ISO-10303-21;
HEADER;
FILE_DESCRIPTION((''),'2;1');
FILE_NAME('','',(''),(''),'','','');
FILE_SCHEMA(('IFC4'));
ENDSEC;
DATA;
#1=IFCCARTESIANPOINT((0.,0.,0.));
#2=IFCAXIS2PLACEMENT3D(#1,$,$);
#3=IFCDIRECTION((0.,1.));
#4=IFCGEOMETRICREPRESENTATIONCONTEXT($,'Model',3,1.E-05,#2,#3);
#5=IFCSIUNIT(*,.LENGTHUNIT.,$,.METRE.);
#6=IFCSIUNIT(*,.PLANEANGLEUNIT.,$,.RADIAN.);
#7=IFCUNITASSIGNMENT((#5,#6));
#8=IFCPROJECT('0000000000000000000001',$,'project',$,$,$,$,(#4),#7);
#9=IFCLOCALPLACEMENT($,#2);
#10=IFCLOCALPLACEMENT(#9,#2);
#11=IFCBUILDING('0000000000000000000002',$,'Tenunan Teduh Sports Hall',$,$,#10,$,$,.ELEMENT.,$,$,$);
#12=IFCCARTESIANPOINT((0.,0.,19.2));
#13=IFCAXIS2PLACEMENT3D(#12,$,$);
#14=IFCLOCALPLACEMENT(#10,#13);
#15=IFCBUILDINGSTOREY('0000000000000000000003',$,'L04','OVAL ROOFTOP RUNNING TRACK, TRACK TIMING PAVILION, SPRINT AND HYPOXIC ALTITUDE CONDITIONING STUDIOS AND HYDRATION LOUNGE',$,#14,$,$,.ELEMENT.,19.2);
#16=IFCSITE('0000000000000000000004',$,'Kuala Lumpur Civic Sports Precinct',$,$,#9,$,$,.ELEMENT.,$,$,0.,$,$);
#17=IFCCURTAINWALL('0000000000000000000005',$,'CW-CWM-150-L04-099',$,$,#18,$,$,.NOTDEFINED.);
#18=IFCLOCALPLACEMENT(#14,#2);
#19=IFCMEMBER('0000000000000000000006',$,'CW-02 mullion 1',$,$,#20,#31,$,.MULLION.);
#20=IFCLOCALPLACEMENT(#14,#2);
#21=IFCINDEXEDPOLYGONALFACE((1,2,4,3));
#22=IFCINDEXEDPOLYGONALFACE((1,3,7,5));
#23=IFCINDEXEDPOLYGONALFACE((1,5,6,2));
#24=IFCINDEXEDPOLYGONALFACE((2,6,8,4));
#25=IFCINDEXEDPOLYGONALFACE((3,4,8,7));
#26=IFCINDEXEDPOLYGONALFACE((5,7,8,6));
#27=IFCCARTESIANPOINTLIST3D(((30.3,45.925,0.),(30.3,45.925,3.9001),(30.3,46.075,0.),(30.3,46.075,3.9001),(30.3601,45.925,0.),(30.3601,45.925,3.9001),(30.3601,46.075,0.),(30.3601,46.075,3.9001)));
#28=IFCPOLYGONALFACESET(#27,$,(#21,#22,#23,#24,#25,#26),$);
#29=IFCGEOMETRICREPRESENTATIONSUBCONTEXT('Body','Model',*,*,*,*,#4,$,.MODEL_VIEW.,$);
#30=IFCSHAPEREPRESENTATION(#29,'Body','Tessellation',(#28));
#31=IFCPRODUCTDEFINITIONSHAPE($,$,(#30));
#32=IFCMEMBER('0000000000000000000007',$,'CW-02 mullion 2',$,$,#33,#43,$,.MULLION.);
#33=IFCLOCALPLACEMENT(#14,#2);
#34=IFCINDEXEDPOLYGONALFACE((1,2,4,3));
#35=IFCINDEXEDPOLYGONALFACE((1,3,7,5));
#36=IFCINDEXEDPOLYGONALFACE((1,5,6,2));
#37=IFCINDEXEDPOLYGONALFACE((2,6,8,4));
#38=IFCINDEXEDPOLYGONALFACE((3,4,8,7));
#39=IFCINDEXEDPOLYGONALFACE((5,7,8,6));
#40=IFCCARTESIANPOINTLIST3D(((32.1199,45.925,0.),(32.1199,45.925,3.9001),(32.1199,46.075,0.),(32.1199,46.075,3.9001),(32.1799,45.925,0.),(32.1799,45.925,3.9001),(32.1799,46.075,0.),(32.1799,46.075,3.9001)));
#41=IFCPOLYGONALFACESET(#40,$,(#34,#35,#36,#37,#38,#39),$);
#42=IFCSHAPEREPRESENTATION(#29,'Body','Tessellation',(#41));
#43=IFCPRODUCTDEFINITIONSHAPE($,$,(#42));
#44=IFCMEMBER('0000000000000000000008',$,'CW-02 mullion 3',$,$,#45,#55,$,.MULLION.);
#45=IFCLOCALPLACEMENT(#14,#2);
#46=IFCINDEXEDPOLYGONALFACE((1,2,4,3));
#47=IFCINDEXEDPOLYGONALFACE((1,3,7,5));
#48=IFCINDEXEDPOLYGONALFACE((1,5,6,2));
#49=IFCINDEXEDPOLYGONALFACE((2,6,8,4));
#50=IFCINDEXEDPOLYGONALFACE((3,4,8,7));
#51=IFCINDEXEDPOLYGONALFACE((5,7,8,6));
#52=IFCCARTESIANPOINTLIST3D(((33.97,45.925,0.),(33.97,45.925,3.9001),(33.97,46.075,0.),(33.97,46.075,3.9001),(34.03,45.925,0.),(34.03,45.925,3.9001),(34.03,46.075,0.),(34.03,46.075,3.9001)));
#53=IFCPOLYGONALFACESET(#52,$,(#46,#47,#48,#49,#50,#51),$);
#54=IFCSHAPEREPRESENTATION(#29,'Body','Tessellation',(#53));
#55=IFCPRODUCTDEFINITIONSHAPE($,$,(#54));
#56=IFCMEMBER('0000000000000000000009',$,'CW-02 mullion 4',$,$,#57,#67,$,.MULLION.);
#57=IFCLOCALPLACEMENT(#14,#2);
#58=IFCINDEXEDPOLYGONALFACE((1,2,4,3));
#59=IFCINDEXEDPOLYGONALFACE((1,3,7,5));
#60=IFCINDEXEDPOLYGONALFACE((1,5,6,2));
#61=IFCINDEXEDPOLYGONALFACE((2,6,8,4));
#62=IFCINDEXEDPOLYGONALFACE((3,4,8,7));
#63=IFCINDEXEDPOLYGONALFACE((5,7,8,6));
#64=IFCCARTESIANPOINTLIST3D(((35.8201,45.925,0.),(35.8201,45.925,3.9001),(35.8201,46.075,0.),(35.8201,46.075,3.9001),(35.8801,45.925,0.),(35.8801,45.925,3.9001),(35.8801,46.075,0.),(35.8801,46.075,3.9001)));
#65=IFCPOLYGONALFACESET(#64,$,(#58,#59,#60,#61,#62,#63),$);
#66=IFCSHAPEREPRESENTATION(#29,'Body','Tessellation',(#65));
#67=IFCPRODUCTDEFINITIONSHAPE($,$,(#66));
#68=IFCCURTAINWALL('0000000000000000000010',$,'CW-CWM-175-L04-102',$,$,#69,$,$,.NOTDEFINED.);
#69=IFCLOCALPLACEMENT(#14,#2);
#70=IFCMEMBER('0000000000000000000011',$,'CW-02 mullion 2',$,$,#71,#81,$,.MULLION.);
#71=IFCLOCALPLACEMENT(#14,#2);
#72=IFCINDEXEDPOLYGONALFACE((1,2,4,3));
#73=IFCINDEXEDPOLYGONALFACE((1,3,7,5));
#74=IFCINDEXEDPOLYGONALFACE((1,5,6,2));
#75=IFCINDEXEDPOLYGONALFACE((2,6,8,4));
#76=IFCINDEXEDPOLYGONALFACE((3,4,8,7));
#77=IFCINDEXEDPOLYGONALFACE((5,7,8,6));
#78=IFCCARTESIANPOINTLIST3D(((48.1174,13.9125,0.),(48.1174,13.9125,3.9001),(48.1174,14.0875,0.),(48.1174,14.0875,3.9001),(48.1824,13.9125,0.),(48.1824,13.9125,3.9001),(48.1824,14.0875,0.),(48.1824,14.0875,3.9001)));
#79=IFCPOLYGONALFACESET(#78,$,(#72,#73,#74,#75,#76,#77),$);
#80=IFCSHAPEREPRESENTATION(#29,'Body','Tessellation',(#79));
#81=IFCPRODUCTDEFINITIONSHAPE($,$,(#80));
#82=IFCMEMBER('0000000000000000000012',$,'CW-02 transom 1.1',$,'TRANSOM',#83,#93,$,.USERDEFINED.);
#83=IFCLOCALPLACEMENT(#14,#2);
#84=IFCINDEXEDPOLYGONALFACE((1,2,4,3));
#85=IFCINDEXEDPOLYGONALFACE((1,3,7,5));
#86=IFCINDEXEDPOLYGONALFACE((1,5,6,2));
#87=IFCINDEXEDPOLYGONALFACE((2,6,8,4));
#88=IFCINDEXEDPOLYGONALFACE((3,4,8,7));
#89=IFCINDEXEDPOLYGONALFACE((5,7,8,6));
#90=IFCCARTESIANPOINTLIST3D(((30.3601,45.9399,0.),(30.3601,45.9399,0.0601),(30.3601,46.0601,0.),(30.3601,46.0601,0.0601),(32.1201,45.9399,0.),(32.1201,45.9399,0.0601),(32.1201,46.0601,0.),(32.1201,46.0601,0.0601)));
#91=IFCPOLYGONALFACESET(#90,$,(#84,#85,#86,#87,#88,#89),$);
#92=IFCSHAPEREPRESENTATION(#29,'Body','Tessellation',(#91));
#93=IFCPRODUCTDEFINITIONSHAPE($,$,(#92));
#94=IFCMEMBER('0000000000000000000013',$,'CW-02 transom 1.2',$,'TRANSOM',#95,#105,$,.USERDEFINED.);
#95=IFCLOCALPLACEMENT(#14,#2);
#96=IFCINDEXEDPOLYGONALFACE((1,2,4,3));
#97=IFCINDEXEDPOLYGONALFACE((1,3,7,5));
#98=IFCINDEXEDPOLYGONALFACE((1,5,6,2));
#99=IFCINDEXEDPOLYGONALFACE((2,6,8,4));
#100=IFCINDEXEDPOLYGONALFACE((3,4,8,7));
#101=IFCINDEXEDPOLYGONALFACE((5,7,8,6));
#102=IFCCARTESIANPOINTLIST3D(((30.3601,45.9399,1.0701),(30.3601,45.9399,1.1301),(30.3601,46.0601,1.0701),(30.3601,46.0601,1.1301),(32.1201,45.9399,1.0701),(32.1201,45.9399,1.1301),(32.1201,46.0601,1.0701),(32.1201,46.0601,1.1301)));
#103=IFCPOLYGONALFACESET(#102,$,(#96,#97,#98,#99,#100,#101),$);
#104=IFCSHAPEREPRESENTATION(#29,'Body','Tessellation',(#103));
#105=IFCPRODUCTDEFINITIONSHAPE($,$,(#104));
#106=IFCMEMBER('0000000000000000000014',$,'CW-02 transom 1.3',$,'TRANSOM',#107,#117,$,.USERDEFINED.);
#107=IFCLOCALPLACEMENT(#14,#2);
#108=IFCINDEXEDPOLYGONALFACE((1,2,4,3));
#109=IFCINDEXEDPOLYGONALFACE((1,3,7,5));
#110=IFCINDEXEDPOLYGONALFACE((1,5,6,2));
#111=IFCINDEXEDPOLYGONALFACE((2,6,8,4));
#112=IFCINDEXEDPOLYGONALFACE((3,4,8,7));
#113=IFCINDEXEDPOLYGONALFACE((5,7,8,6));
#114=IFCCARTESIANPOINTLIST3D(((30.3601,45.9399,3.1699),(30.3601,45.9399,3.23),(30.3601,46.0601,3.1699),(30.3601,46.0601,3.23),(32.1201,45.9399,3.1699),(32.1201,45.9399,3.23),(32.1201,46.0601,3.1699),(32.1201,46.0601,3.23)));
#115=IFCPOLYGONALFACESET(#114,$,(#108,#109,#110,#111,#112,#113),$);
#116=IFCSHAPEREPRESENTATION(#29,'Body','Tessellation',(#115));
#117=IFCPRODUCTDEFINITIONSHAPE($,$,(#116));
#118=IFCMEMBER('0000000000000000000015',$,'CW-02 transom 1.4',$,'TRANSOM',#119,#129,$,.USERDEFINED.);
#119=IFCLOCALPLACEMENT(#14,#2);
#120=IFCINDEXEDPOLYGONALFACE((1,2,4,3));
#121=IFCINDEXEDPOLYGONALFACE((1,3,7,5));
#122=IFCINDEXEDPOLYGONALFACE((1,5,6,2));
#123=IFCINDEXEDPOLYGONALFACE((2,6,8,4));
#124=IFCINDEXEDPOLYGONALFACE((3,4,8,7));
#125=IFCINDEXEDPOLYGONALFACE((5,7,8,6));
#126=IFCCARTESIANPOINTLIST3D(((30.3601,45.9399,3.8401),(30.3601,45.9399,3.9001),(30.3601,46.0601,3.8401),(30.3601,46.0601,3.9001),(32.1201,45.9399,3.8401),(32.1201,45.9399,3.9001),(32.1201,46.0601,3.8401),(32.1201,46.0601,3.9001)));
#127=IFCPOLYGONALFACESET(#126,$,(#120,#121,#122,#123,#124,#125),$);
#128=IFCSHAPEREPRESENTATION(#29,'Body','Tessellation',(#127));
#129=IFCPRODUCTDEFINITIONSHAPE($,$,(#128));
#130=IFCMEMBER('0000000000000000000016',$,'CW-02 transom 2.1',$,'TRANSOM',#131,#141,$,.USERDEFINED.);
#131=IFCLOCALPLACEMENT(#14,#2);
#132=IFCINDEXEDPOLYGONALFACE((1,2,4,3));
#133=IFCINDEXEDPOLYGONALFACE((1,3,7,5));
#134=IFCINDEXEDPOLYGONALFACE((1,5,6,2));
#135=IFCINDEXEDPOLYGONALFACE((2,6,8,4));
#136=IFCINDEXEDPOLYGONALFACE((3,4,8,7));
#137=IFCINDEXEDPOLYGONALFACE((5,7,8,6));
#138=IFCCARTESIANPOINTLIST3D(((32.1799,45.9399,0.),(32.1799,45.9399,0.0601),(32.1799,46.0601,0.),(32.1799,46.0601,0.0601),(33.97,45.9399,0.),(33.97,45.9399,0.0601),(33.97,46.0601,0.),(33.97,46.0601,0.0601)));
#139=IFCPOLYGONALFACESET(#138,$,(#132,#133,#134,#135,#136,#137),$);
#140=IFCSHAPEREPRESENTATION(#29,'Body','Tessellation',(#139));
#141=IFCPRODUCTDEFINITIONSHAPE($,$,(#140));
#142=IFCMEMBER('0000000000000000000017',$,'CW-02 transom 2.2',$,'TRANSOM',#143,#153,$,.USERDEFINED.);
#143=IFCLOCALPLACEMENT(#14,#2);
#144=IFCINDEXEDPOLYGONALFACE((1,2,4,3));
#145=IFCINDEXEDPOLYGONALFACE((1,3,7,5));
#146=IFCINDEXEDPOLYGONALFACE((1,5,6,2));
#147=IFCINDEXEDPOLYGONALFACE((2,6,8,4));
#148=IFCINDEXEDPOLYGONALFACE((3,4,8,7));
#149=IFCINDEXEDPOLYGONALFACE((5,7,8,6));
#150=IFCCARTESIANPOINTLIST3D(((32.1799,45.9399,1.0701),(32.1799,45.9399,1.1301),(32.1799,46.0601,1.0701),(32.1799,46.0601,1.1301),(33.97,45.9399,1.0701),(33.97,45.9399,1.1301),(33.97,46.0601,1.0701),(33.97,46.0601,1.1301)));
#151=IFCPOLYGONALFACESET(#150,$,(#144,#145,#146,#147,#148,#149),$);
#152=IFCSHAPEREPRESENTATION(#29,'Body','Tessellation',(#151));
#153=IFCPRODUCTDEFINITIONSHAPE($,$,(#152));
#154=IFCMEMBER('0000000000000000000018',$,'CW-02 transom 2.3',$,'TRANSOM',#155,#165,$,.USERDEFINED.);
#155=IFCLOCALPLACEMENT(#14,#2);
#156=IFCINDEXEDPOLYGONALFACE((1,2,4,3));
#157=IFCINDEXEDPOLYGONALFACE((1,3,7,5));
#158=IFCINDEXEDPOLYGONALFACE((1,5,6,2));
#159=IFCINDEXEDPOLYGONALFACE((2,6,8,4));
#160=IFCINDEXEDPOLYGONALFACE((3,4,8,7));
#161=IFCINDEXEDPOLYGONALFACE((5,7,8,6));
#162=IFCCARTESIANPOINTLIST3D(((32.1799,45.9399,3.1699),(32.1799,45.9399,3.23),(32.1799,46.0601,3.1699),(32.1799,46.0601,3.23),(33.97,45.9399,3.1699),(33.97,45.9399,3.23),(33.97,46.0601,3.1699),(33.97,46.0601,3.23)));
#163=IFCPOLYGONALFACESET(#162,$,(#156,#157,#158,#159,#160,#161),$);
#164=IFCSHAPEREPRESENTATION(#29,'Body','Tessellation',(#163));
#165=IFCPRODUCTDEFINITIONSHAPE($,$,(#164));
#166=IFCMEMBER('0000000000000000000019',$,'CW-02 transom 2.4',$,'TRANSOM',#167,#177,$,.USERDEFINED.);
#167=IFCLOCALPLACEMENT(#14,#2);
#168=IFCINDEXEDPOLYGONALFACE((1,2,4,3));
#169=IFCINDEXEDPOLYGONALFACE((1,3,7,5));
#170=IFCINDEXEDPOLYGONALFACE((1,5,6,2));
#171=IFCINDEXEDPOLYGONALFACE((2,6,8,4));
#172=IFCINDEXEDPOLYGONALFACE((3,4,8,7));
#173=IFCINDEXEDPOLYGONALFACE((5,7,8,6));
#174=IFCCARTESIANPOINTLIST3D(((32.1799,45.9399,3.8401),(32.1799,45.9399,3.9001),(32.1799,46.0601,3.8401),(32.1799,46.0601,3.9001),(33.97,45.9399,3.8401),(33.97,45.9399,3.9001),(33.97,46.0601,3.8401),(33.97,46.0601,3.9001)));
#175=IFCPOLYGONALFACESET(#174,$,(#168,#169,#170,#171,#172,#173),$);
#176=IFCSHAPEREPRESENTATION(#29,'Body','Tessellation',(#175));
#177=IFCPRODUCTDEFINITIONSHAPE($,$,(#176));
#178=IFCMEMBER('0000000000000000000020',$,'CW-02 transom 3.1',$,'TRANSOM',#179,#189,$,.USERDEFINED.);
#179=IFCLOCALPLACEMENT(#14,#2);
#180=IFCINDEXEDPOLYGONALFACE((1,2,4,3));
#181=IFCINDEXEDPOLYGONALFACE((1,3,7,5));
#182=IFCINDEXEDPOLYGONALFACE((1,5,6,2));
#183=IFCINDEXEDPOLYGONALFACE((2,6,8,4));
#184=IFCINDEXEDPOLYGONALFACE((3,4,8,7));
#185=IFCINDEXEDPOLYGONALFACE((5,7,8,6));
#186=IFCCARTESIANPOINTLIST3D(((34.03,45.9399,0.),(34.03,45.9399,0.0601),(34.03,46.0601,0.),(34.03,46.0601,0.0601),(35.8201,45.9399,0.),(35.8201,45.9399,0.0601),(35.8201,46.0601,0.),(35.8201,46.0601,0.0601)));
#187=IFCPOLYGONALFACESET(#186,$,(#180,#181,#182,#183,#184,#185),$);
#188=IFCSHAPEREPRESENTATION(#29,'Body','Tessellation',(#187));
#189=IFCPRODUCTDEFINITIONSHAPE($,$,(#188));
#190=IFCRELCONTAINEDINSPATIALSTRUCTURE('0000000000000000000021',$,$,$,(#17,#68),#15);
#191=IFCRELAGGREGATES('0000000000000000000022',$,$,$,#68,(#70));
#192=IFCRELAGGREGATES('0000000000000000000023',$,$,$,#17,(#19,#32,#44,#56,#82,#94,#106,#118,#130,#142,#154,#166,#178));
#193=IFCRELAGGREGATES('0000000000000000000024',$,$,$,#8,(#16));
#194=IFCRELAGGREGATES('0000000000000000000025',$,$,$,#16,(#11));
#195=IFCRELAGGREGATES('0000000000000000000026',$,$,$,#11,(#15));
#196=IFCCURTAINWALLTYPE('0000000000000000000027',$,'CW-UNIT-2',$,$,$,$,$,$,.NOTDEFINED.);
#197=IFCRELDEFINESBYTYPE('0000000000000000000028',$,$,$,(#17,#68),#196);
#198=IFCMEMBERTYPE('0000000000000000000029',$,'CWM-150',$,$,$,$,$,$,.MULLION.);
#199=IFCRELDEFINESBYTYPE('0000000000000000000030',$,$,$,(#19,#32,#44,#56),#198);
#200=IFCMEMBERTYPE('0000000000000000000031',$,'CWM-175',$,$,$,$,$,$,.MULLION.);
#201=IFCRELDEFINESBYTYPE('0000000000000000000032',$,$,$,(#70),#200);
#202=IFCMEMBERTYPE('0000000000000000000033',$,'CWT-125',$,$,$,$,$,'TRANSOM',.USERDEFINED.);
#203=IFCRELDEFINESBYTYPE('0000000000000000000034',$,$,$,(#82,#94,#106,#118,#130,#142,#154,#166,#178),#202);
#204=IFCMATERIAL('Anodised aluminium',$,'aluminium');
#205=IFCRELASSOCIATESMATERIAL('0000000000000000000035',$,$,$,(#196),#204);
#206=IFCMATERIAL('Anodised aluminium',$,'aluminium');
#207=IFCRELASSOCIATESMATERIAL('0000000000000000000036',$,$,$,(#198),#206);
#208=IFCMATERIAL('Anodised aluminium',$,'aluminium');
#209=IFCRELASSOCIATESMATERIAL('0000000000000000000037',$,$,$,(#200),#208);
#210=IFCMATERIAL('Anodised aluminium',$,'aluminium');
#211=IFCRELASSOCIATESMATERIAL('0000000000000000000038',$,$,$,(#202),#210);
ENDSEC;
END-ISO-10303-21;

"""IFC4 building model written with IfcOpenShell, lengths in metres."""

from ifc_helpers import new_model, si_unit, direction, frame, origin, origin_2d, place, context, subcontext, project, spatial, rectangle, extrude, material, material_profile, profile_set, type_object, element, aggregate, save


model = new_model("IFC4")

# Units and contexts
model_context = context("Model", 3, precision=1e-05, world=origin(), true_north=direction((0.0, 1.0)))
body_context = subcontext(model_context, "Body", "Model", "MODEL_VIEW")
ifc_project = project(units=[si_unit("LENGTHUNIT", "METRE"), si_unit("PLANEANGLEUNIT", "RADIAN")], contexts=[model_context])

# Site, building, storey
site_placement = place(None, origin())
site = spatial("IfcSite", under=ifc_project, at=site_placement, Name="Kuala Lumpur Civic Sports Precinct", CompositionType="ELEMENT", RefElevation=0.0)
building_placement = place(site_placement, origin())
building = spatial("IfcBuilding", under=site, at=building_placement, Name="Tenunan Teduh Sports Hall", CompositionType="ELEMENT")
storey_placement = place(building_placement, frame((0.0, 0.0, 19.2)))
storey = spatial("IfcBuildingStorey", under=building, at=storey_placement, Name="L04", Description="OVAL ROOFTOP RUNNING TRACK, TRACK TIMING PAVILION, SPRINT AND HYPOXIC ALTITUDE CONDITIONING STUDIOS AND HYDRATION LOUNGE", CompositionType="ELEMENT", Elevation=19.2)

# Curtain wall, members
ifc_material_1 = material(Name="Anodised aluminium", Category="aluminium")
curtain_wall_type = type_object("IfcCurtainWallType", Name="CW-UNIT-2", PredefinedType="NOTDEFINED", material=ifc_material_1)
curtain_wall_1_placement = place(storey_placement, origin())
curtain_wall_1 = element("IfcCurtainWall", 1, at=curtain_wall_1_placement, inside=storey, type_object=curtain_wall_type, Name="CW-CWM-150-L04-099", PredefinedType="NOTDEFINED")
ifc_material_2 = material(Name="Anodised aluminium", Category="aluminium")
ifc_material_profile_1 = material_profile(ifc_material_2, rectangle(XDim=0.0601, YDim=0.1499, at=origin_2d()), Name="CWM 60x150")
ifc_profile_set_1 = profile_set([ifc_material_profile_1], Name="Anodised aluminium")
member_type_1 = type_object("IfcMemberType", Name="CWM-150", PredefinedType="MULLION", material=ifc_profile_set_1)
member_1_placement = place(storey_placement, frame((30.3301, 46.0, 0.0), z_axis=(0.0, 0.0, 1.0), x_axis=(1.0, 0.0, 0.0)))
member_1 = element("IfcMember", 2, at=member_1_placement, type_object=member_type_1, Name="CW-02 mullion 1", PredefinedType="MULLION", context=body_context, shape_type="SweptSolid", body=[
    extrude(rectangle(XDim=0.0601, YDim=0.1499, at=origin_2d()), origin(), (0.0, 0.0, 1.0), 3.9001),
])
member_2_placement = place(storey_placement, frame((32.1499, 46.0, 0.0), z_axis=(0.0, 0.0, 1.0), x_axis=(1.0, 0.0, 0.0)))
member_2 = element("IfcMember", 3, at=member_2_placement, type_object=member_type_1, Name="CW-02 mullion 2", PredefinedType="MULLION", context=body_context, shape_type="SweptSolid", body=[
    extrude(rectangle(XDim=0.0601, YDim=0.1499, at=origin_2d()), origin(), (0.0, 0.0, 1.0), 3.9001),
])
member_3_placement = place(storey_placement, frame((34.0, 46.0, 0.0), z_axis=(0.0, 0.0, 1.0), x_axis=(1.0, 0.0, 0.0)))
member_3 = element("IfcMember", 4, at=member_3_placement, type_object=member_type_1, Name="CW-02 mullion 3", PredefinedType="MULLION", context=body_context, shape_type="SweptSolid", body=[
    extrude(rectangle(XDim=0.0601, YDim=0.1499, at=origin_2d()), origin(), (0.0, 0.0, 1.0), 3.9001),
])
member_4_placement = place(storey_placement, frame((35.8501, 46.0, 0.0), z_axis=(0.0, 0.0, 1.0), x_axis=(1.0, 0.0, 0.0)))
member_4 = element("IfcMember", 5, at=member_4_placement, type_object=member_type_1, Name="CW-02 mullion 4", PredefinedType="MULLION", context=body_context, shape_type="SweptSolid", body=[
    extrude(rectangle(XDim=0.0601, YDim=0.1499, at=origin_2d()), origin(), (0.0, 0.0, 1.0), 3.9001),
])

# Curtain wall, member
curtain_wall_2_placement = place(storey_placement, origin())
curtain_wall_2 = element("IfcCurtainWall", 6, at=curtain_wall_2_placement, inside=storey, type_object=curtain_wall_type, Name="CW-CWM-175-L04-102", PredefinedType="NOTDEFINED")
ifc_material_3 = material(Name="Anodised aluminium", Category="aluminium")
ifc_material_profile_2 = material_profile(ifc_material_3, rectangle(XDim=0.0649, YDim=0.175, at=origin_2d()), Name="CWM 65x175")
ifc_profile_set_2 = profile_set([ifc_material_profile_2], Name="Anodised aluminium")
member_type_2 = type_object("IfcMemberType", Name="CWM-175", PredefinedType="MULLION", material=ifc_profile_set_2)
member_5_placement = place(storey_placement, frame((48.1499, 14.0, 0.0), z_axis=(0.0, 0.0, 1.0), x_axis=(1.0, 0.0, 0.0)))
member_5 = element("IfcMember", 7, at=member_5_placement, type_object=member_type_2, Name="CW-02 mullion 2", PredefinedType="MULLION", context=body_context, shape_type="SweptSolid", body=[
    extrude(rectangle(XDim=0.0649, YDim=0.175, at=origin_2d()), origin(), (0.0, 0.0, 1.0), 3.9001),
])

# Members
ifc_material_4 = material(Name="Anodised aluminium", Category="aluminium")
ifc_material_profile_3 = material_profile(ifc_material_4, rectangle(XDim=0.0601, YDim=0.1201, at=origin_2d()), Name="CWT 60x120")
ifc_profile_set_3 = profile_set([ifc_material_profile_3], Name="Anodised aluminium")
member_type_3 = type_object("IfcMemberType", Name="CWT-125", ElementType="TRANSOM", PredefinedType="USERDEFINED", material=ifc_profile_set_3)
member_6_placement = place(storey_placement, frame((30.3601, 46.0, 0.03), z_axis=(1.0, 0.0, 0.0), x_axis=(0.0, 0.0, 1.0)))
member_6 = element("IfcMember", 8, at=member_6_placement, type_object=member_type_3, Name="CW-02 transom 1.1", ObjectType="TRANSOM", PredefinedType="USERDEFINED", context=body_context, shape_type="SweptSolid", body=[
    extrude(rectangle(XDim=0.0601, YDim=0.1201, at=origin_2d()), origin(), (0.0, 0.0, 1.0), 1.76),
])
member_7_placement = place(storey_placement, frame((30.3601, 46.0, 1.1001), z_axis=(1.0, 0.0, 0.0), x_axis=(0.0, 0.0, 1.0)))
member_7 = element("IfcMember", 9, at=member_7_placement, type_object=member_type_3, Name="CW-02 transom 1.2", ObjectType="TRANSOM", PredefinedType="USERDEFINED", context=body_context, shape_type="SweptSolid", body=[
    extrude(rectangle(XDim=0.0601, YDim=0.1201, at=origin_2d()), origin(), (0.0, 0.0, 1.0), 1.76),
])
member_8_placement = place(storey_placement, frame((30.3601, 46.0, 3.2), z_axis=(1.0, 0.0, 0.0), x_axis=(0.0, 0.0, 1.0)))
member_8 = element("IfcMember", 10, at=member_8_placement, type_object=member_type_3, Name="CW-02 transom 1.3", ObjectType="TRANSOM", PredefinedType="USERDEFINED", context=body_context, shape_type="SweptSolid", body=[
    extrude(rectangle(XDim=0.0601, YDim=0.1201, at=origin_2d()), origin(), (0.0, 0.0, 1.0), 1.76),
])
member_9_placement = place(storey_placement, frame((30.3601, 46.0, 3.8701), z_axis=(1.0, 0.0, 0.0), x_axis=(0.0, 0.0, 1.0)))
member_9 = element("IfcMember", 11, at=member_9_placement, type_object=member_type_3, Name="CW-02 transom 1.4", ObjectType="TRANSOM", PredefinedType="USERDEFINED", context=body_context, shape_type="SweptSolid", body=[
    extrude(rectangle(XDim=0.0601, YDim=0.1201, at=origin_2d()), origin(), (0.0, 0.0, 1.0), 1.76),
])
member_10_placement = place(storey_placement, frame((32.1799, 46.0, 0.03), z_axis=(1.0, 0.0, 0.0), x_axis=(0.0, 0.0, 1.0)))
member_10 = element("IfcMember", 12, at=member_10_placement, type_object=member_type_3, Name="CW-02 transom 2.1", ObjectType="TRANSOM", PredefinedType="USERDEFINED", context=body_context, shape_type="SweptSolid", body=[
    extrude(rectangle(XDim=0.0601, YDim=0.1201, at=origin_2d()), origin(), (0.0, 0.0, 1.0), 1.79),
])
member_11_placement = place(storey_placement, frame((32.1799, 46.0, 1.1001), z_axis=(1.0, 0.0, 0.0), x_axis=(0.0, 0.0, 1.0)))
member_11 = element("IfcMember", 13, at=member_11_placement, type_object=member_type_3, Name="CW-02 transom 2.2", ObjectType="TRANSOM", PredefinedType="USERDEFINED", context=body_context, shape_type="SweptSolid", body=[
    extrude(rectangle(XDim=0.0601, YDim=0.1201, at=origin_2d()), origin(), (0.0, 0.0, 1.0), 1.79),
])
member_12_placement = place(storey_placement, frame((32.1799, 46.0, 3.2), z_axis=(1.0, 0.0, 0.0), x_axis=(0.0, 0.0, 1.0)))
member_12 = element("IfcMember", 14, at=member_12_placement, type_object=member_type_3, Name="CW-02 transom 2.3", ObjectType="TRANSOM", PredefinedType="USERDEFINED", context=body_context, shape_type="SweptSolid", body=[
    extrude(rectangle(XDim=0.0601, YDim=0.1201, at=origin_2d()), origin(), (0.0, 0.0, 1.0), 1.79),
])
member_13_placement = place(storey_placement, frame((32.1799, 46.0, 3.8701), z_axis=(1.0, 0.0, 0.0), x_axis=(0.0, 0.0, 1.0)))
member_13 = element("IfcMember", 15, at=member_13_placement, type_object=member_type_3, Name="CW-02 transom 2.4", ObjectType="TRANSOM", PredefinedType="USERDEFINED", context=body_context, shape_type="SweptSolid", body=[
    extrude(rectangle(XDim=0.0601, YDim=0.1201, at=origin_2d()), origin(), (0.0, 0.0, 1.0), 1.79),
])
member_14_placement = place(storey_placement, frame((34.03, 46.0, 0.03), z_axis=(1.0, 0.0, 0.0), x_axis=(0.0, 0.0, 1.0)))
member_14 = element("IfcMember", 16, at=member_14_placement, type_object=member_type_3, Name="CW-02 transom 3.1", ObjectType="TRANSOM", PredefinedType="USERDEFINED", context=body_context, shape_type="SweptSolid", body=[
    extrude(rectangle(XDim=0.0601, YDim=0.1201, at=origin_2d()), origin(), (0.0, 0.0, 1.0), 1.79),
])

aggregate(curtain_wall_2, [member_5])
aggregate(curtain_wall_1, [member_1, member_2, member_3, member_4, member_6, member_7, member_8, member_9, member_10, member_11, member_12, member_13, member_14])

save(model, "model.ifc")
